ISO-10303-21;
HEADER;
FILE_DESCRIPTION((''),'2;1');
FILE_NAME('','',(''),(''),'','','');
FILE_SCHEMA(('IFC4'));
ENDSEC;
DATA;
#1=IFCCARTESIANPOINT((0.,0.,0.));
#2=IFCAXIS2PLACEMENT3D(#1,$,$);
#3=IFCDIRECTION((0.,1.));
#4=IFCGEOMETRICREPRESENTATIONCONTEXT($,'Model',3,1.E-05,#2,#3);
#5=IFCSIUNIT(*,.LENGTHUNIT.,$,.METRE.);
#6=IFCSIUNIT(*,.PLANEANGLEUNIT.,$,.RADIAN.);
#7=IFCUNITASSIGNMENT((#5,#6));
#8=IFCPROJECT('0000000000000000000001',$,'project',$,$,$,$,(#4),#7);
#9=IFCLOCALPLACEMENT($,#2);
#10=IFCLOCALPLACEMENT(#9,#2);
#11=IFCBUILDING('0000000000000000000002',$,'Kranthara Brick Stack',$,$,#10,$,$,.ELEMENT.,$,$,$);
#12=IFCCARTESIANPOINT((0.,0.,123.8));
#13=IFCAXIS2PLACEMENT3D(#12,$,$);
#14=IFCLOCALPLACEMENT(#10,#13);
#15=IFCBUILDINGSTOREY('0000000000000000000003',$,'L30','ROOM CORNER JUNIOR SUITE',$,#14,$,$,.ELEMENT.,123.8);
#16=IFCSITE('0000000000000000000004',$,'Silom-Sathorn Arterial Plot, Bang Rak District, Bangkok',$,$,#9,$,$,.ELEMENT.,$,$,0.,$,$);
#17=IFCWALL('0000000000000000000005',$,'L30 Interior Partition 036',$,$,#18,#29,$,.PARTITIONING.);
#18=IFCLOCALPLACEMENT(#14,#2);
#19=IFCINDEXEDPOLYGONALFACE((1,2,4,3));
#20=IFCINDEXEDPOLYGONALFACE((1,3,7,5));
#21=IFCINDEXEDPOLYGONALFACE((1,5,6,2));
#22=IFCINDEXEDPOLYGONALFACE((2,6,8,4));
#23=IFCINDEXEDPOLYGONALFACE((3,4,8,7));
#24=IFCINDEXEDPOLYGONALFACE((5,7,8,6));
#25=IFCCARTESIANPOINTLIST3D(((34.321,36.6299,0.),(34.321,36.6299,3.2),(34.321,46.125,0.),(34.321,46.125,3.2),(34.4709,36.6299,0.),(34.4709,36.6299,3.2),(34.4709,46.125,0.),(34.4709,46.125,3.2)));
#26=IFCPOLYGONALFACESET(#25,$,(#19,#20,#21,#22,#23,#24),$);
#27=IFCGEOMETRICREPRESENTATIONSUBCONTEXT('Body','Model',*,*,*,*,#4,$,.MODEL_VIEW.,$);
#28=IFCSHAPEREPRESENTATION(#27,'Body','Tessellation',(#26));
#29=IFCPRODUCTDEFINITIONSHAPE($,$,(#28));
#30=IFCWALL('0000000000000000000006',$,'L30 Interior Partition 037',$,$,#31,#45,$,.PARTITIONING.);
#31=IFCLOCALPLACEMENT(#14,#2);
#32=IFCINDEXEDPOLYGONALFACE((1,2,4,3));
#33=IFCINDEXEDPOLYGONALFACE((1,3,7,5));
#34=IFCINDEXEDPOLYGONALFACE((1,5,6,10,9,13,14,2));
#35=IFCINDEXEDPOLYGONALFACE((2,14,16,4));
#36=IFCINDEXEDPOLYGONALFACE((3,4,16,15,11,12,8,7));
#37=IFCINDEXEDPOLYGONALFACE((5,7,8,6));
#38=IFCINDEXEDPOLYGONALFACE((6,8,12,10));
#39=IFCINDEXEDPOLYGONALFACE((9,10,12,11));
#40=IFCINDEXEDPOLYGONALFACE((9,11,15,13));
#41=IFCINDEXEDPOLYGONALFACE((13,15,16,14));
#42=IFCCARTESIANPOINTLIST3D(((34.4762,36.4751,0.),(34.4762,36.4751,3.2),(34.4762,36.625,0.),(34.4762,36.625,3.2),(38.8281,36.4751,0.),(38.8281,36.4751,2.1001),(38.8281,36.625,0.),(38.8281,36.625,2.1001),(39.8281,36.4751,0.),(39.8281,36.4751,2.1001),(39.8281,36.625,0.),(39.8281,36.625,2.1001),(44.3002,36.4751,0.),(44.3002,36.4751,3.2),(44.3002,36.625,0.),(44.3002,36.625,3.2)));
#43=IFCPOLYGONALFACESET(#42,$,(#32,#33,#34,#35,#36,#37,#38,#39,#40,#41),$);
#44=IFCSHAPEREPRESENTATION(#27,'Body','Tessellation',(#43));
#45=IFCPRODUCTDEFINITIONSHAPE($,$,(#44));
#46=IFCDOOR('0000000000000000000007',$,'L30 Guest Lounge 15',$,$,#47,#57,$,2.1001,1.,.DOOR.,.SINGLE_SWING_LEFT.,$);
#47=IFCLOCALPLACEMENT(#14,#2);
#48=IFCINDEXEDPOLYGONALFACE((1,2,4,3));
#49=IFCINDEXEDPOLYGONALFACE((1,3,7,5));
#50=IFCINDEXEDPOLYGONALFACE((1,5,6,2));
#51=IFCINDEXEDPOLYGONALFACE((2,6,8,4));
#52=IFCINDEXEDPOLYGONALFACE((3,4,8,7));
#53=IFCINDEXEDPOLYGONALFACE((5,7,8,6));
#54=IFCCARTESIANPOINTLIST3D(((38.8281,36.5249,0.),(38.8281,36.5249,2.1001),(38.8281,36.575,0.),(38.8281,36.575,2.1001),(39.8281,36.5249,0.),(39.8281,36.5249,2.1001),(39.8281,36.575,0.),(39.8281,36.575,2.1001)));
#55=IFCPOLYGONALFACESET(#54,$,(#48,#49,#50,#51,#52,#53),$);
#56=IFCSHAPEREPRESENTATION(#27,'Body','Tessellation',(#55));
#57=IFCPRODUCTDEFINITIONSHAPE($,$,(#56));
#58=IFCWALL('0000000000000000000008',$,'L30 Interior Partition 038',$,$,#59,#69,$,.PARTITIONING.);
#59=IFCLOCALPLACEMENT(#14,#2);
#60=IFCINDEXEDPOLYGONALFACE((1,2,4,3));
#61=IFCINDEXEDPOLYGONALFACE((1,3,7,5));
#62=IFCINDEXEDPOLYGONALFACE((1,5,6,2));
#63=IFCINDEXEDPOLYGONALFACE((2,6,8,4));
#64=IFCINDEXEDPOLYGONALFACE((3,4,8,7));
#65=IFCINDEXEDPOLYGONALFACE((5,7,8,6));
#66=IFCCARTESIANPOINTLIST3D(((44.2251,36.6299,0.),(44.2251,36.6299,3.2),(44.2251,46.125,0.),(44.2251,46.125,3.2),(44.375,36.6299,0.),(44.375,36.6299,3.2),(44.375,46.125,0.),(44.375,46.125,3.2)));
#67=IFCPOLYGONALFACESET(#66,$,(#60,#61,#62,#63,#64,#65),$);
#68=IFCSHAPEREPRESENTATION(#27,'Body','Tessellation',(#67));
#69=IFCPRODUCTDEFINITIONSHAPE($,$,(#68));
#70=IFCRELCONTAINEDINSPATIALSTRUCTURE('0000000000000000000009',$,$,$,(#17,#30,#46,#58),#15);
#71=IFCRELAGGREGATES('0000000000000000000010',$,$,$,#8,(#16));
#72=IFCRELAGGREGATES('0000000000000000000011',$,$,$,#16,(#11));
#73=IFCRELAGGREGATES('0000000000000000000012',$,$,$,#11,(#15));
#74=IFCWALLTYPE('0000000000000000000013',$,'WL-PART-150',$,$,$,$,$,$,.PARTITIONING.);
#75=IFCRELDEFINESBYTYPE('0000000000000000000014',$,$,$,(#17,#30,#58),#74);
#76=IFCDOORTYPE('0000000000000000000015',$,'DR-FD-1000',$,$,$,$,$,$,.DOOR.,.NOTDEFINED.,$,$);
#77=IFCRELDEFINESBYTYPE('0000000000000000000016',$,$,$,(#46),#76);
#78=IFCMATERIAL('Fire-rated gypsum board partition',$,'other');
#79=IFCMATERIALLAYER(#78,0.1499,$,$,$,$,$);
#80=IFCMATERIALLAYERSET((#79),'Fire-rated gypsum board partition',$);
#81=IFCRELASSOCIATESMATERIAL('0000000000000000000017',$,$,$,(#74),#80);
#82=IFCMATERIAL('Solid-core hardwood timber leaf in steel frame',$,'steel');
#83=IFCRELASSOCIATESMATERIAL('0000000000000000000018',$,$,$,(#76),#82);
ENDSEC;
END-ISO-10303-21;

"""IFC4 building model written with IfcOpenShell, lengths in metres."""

from ifc_helpers import new_model, si_unit, direction, frame, frame_2d, origin, place, context, subcontext, project, spatial, rectangle, extrude, material, layer, layer_set, type_object, element, fill, save


model = new_model("IFC4")

# Units and contexts
model_context = context("Model", 3, precision=1e-05, world=origin(), true_north=direction((0.0, 1.0)))
body_context = subcontext(model_context, "Body", "Model", "MODEL_VIEW")
ifc_project = project(units=[si_unit("LENGTHUNIT", "METRE"), si_unit("PLANEANGLEUNIT", "RADIAN")], contexts=[model_context])

# Site, building, storey
site_placement = place(None, origin())
site = spatial("IfcSite", under=ifc_project, at=site_placement, Name="Silom-Sathorn Arterial Plot, Bang Rak District, Bangkok", CompositionType="ELEMENT", RefElevation=0.0)
building_placement = place(site_placement, origin())
building = spatial("IfcBuilding", under=site, at=building_placement, Name="Kranthara Brick Stack", CompositionType="ELEMENT")
storey_placement = place(building_placement, frame((0.0, 0.0, 123.8)))
storey = spatial("IfcBuildingStorey", under=building, at=storey_placement, Name="L30", Description="ROOM CORNER JUNIOR SUITE", CompositionType="ELEMENT", Elevation=123.8)

# Wall
ifc_material_1 = material(Name="Fire-rated gypsum board partition", Category="other")
ifc_layer_1 = layer(ifc_material_1, 0.1499)
ifc_layer_set_1 = layer_set([ifc_layer_1], Name="Fire-rated gypsum board partition")
wall_type_1 = type_object("IfcWallType", Name="WL-PART-150", PredefinedType="PARTITIONING", material=ifc_layer_set_1)
wall_1_placement = place(storey_placement, frame((34.396, 36.6299, 0.0), z_axis=(0.0, 0.0, 1.0), x_axis=(0.0, 1.0, 0.0)))
element("IfcWall", 1, at=wall_1_placement, inside=storey, type_object=wall_type_1, Name="L30 Interior Partition 036", PredefinedType="PARTITIONING", context=body_context, shape_type="SweptSolid", body=[
    extrude(rectangle(XDim=9.4951, YDim=0.1499, at=frame_2d((4.7476, 0.0))), origin(), (0.0, 0.0, 1.0), 3.2),
])

# Wall, opening, door
wall_2_placement = place(storey_placement, frame((34.4761, 36.55, 0.0), z_axis=(0.0, 0.0, 1.0), x_axis=(1.0, 0.0, 0.0)))
wall_2 = element("IfcWall", 2, at=wall_2_placement, inside=storey, type_object=wall_type_1, Name="L30 Interior Partition 037", PredefinedType="PARTITIONING", context=body_context, shape_type="SweptSolid", body=[
    extrude(rectangle(XDim=9.824, YDim=0.1499, at=frame_2d((4.9121, 0.0))), origin(), (0.0, 0.0, 1.0), 3.2),
])
opening_1_placement = place(wall_2_placement, frame((4.3521, 0.0, 0.0)))
opening_1 = element("IfcOpeningElement", 3, at=opening_1_placement, cuts=wall_2, PredefinedType="OPENING", context=body_context, shape_type="SweptSolid", body=[
    extrude(rectangle(XDim=1.0, YDim=2.1001, at=frame_2d((0.5, 1.05))), frame((0.0, 0.085, 0.0), z_axis=(0.0, -1.0, 0.0), x_axis=(1.0, 0.0, 0.0)), (0.0, 0.0, 1.0), 0.1699),
])
ifc_material_2 = material(Name="Solid-core hardwood timber leaf in steel frame", Category="steel")
door_type = type_object("IfcDoorType", Name="DR-FD-1000", OperationType="NOTDEFINED", PredefinedType="DOOR", material=ifc_material_2)
door_placement = place(opening_1_placement, origin())
door = element("IfcDoor", 4, at=door_placement, inside=storey, type_object=door_type, Name="L30 Guest Lounge 15", OperationType="SINGLE_SWING_LEFT", OverallHeight=2.1001, OverallWidth=1.0, PredefinedType="DOOR", context=body_context, shape_type="SweptSolid", body=[
    extrude(rectangle(XDim=1.0, YDim=2.1001, at=frame_2d((0.5, 1.05))), frame((0.0, 0.0249, 0.0), z_axis=(0.0, -1.0, 0.0), x_axis=(1.0, 0.0, 0.0)), (0.0, 0.0, 1.0), 0.05),
])
fill(opening_1, door)

# Wall
wall_3_placement = place(storey_placement, frame((44.3, 36.6299, 0.0), z_axis=(0.0, 0.0, 1.0), x_axis=(0.0, 1.0, 0.0)))
element("IfcWall", 5, at=wall_3_placement, inside=storey, type_object=wall_type_1, Name="L30 Interior Partition 038", PredefinedType="PARTITIONING", context=body_context, shape_type="SweptSolid", body=[
    extrude(rectangle(XDim=9.4951, YDim=0.1499, at=frame_2d((4.7476, 0.0))), origin(), (0.0, 0.0, 1.0), 3.2),
])

save(model, "model.ifc")
